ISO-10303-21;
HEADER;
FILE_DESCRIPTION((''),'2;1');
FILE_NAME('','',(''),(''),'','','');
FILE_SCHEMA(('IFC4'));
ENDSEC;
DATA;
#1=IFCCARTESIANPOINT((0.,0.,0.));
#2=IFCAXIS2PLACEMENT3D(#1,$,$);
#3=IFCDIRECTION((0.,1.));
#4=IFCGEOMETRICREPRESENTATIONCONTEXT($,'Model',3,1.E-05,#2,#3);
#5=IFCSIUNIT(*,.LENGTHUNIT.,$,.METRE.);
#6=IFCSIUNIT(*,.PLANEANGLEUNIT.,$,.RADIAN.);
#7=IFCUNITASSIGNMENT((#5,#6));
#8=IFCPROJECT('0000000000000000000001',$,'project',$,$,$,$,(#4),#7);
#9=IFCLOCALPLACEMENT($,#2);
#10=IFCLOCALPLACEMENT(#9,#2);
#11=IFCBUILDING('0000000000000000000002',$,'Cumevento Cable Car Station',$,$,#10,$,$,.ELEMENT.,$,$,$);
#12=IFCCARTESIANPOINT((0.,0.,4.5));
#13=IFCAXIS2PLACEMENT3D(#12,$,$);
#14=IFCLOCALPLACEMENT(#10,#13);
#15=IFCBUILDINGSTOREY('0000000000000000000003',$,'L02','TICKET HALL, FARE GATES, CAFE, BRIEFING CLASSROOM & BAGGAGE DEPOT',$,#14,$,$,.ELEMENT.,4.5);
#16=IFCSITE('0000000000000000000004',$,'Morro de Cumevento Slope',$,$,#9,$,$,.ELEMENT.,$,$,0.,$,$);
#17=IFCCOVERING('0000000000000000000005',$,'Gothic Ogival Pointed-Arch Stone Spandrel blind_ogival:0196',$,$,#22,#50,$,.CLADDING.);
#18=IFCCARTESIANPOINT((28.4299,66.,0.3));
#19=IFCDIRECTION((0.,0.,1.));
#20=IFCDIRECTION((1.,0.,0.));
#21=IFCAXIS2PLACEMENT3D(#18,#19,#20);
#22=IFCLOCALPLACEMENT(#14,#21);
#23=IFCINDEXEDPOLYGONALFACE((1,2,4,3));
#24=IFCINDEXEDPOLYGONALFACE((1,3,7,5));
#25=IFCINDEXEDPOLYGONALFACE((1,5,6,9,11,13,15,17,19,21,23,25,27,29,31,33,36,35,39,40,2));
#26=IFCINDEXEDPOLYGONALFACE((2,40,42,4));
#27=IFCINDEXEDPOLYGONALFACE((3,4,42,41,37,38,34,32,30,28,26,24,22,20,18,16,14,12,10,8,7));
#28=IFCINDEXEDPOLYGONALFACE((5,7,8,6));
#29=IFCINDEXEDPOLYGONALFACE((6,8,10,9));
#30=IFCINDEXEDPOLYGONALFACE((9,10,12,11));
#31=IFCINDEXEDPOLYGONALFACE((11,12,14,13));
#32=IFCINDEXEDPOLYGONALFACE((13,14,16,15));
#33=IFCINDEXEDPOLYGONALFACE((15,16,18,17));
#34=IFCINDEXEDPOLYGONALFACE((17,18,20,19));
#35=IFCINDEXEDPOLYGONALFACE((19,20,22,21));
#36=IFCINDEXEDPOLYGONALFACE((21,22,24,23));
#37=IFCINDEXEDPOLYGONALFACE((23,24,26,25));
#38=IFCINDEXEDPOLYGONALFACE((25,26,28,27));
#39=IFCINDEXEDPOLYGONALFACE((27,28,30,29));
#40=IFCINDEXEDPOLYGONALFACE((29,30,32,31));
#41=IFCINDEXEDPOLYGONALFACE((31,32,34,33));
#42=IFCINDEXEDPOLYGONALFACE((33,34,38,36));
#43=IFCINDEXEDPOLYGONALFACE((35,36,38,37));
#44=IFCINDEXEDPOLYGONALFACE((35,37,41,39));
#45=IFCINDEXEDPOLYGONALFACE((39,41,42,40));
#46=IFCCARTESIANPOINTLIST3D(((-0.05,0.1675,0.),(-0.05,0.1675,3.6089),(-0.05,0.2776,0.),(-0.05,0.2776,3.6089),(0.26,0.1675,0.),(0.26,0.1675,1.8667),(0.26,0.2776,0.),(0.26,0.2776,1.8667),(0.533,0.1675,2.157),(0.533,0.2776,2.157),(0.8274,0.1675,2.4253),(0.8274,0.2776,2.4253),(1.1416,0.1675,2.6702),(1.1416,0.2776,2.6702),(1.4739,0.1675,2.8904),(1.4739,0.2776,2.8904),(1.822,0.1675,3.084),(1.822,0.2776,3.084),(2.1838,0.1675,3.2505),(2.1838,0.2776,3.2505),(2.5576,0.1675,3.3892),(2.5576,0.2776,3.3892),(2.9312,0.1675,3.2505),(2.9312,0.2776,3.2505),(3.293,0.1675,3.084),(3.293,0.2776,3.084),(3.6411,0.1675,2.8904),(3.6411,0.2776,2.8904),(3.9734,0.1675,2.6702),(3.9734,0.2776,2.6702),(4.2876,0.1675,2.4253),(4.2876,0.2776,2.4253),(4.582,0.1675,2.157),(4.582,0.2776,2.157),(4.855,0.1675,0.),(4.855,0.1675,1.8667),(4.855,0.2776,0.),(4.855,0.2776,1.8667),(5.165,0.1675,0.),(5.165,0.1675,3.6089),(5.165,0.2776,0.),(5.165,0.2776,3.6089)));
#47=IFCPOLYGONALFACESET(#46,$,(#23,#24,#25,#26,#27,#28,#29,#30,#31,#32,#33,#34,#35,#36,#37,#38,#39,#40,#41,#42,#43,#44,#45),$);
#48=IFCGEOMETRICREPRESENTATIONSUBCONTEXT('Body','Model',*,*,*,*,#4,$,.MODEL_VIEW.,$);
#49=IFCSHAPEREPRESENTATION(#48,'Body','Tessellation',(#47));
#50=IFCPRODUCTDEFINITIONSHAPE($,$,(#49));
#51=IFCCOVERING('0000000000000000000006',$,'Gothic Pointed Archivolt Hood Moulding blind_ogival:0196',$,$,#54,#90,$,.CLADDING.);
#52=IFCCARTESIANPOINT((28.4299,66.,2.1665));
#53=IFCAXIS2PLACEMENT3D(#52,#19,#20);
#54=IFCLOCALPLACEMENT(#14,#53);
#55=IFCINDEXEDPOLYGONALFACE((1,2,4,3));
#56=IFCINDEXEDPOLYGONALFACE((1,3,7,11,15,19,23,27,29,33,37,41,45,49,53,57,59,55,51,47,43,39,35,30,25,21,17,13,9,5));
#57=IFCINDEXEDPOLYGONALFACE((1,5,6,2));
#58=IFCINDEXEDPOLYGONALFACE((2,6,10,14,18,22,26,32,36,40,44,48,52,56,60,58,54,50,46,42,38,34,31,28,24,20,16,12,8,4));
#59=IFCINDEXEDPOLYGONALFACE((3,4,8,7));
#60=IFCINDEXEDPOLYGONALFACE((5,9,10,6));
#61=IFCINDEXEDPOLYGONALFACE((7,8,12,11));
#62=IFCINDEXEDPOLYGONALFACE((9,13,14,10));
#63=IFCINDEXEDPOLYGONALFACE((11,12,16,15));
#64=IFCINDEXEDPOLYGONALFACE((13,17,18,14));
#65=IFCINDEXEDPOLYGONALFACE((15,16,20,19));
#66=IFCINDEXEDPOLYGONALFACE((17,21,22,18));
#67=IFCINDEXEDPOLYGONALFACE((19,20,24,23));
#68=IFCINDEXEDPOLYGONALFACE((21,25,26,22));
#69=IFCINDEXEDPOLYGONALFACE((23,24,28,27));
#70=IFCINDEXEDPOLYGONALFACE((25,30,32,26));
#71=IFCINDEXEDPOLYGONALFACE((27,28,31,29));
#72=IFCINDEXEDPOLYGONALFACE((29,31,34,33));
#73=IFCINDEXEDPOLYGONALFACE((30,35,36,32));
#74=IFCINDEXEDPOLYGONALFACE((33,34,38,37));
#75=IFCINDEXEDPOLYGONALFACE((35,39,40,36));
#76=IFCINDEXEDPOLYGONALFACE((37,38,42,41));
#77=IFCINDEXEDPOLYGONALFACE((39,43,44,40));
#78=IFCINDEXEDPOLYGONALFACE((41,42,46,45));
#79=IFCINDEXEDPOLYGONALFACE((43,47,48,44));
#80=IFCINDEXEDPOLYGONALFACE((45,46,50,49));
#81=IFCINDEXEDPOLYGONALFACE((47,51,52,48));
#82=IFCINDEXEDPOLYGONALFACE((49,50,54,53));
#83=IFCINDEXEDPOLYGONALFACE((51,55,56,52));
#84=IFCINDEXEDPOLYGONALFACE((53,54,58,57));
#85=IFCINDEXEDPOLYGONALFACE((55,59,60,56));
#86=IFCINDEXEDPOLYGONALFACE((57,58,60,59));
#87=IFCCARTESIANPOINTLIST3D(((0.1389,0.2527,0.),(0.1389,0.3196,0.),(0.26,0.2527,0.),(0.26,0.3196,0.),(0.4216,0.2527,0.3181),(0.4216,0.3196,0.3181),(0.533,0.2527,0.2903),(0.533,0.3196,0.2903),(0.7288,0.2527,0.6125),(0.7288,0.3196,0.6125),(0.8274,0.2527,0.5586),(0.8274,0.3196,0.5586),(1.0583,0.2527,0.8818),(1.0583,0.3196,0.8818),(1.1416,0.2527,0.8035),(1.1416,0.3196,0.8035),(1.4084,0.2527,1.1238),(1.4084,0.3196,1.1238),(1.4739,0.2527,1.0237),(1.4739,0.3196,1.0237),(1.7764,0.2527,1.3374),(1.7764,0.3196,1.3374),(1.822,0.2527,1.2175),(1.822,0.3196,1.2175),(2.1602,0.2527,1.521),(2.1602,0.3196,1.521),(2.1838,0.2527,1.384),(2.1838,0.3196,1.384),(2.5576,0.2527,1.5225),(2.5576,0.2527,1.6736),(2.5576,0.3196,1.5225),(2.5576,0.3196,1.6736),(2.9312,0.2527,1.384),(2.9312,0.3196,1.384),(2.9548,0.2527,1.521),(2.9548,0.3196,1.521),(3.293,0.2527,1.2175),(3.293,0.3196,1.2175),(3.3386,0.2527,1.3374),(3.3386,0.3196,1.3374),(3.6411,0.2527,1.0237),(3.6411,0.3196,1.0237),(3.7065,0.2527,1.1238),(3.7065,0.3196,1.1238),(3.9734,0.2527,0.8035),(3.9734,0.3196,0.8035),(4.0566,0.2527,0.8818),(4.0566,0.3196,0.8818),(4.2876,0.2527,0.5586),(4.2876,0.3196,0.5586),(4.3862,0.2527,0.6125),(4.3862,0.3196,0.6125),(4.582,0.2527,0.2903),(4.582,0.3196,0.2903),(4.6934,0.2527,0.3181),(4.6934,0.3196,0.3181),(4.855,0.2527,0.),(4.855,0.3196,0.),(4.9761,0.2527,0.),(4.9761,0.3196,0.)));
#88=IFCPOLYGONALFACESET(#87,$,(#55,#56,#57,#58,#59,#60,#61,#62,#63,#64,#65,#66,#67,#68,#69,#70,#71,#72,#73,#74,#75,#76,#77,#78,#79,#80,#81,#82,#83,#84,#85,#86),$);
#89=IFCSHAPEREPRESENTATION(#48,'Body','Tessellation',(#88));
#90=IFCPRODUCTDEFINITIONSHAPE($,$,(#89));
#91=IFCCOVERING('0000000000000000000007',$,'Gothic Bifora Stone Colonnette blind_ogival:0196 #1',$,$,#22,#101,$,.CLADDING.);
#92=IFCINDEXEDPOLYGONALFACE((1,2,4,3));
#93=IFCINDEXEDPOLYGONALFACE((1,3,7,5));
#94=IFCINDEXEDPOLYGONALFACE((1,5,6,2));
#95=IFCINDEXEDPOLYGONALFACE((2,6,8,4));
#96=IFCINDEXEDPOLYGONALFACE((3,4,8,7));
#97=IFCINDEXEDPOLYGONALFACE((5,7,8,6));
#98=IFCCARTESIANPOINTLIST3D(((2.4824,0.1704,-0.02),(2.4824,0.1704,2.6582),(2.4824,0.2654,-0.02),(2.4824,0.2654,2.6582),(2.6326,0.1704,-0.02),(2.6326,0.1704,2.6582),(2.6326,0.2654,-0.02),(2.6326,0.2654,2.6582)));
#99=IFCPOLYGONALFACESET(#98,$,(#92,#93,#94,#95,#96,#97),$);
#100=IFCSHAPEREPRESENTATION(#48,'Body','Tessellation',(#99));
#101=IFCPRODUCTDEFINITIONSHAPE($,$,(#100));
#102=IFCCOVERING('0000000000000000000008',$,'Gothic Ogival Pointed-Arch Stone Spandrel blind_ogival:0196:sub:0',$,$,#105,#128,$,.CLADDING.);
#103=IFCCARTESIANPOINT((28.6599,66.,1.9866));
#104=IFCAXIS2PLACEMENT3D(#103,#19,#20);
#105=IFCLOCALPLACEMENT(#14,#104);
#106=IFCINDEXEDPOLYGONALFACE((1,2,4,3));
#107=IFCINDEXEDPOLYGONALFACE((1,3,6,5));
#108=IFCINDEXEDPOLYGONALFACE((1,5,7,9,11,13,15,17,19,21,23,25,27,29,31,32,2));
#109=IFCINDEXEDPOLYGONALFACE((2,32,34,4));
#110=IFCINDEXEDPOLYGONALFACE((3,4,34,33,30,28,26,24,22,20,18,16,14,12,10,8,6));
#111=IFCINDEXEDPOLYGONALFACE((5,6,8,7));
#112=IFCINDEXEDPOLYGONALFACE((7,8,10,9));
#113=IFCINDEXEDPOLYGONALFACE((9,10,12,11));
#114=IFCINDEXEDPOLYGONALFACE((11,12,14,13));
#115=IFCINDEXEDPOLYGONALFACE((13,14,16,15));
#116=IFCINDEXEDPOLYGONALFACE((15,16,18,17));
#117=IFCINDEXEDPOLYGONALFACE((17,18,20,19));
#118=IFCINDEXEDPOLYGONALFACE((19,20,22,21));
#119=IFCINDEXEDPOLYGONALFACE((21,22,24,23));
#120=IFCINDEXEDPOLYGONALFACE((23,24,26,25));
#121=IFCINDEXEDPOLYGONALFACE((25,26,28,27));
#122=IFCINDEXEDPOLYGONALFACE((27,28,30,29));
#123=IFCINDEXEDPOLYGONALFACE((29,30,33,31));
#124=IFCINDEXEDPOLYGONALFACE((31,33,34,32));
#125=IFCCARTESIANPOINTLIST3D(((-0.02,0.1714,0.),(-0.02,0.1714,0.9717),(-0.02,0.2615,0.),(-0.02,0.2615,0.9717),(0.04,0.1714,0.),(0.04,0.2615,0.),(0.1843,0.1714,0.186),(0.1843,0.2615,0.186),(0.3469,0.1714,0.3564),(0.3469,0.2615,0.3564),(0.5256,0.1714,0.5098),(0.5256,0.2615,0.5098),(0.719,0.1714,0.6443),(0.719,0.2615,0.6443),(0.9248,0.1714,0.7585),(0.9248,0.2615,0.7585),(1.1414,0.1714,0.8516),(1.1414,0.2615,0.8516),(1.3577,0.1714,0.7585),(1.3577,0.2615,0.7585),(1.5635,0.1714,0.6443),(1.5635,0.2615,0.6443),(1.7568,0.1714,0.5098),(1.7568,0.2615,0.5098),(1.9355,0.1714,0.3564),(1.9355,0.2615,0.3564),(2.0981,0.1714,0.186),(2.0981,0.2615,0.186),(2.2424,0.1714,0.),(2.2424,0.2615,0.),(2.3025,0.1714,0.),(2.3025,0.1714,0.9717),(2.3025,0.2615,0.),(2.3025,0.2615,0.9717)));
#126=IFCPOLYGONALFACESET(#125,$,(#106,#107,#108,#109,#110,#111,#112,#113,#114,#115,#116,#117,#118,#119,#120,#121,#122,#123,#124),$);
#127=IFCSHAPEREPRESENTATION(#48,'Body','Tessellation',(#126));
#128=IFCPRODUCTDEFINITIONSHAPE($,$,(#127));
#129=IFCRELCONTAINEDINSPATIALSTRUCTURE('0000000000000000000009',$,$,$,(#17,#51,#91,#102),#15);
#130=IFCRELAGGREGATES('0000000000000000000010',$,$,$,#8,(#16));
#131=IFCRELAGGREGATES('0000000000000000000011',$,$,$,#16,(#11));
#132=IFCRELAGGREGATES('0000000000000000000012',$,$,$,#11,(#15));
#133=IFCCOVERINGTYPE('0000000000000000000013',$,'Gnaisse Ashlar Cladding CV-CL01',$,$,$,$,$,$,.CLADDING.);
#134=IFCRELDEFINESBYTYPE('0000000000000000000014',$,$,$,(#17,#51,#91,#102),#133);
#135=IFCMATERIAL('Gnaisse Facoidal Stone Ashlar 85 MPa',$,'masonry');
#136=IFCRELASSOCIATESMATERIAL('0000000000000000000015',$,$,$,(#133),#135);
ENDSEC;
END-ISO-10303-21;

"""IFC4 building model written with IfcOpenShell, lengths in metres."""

from ifc_helpers import new_model, si_unit, direction, frame, origin, place, context, subcontext, project, spatial, polyline, outline, extrude, material, type_object, element, save


model = new_model("IFC4")

# Units and contexts
model_context = context("Model", 3, precision=1e-05, world=origin(), true_north=direction((0.0, 1.0)))
body_context = subcontext(model_context, "Body", "Model", "MODEL_VIEW")
ifc_project = project(units=[si_unit("LENGTHUNIT", "METRE"), si_unit("PLANEANGLEUNIT", "RADIAN")], contexts=[model_context])

# Site, building, storey
site_placement = place(None, origin())
site = spatial("IfcSite", under=ifc_project, at=site_placement, Name="Morro de Cumevento Slope", CompositionType="ELEMENT", RefElevation=0.0)
building_placement = place(site_placement, origin())
building = spatial("IfcBuilding", under=site, at=building_placement, Name="Cumevento Cable Car Station", CompositionType="ELEMENT")
storey_placement = place(building_placement, frame((0.0, 0.0, 4.5)))
storey = spatial("IfcBuildingStorey", under=building, at=storey_placement, Name="L02", Description="TICKET HALL, FARE GATES, CAFE, BRIEFING CLASSROOM & BAGGAGE DEPOT", CompositionType="ELEMENT", Elevation=4.5)

# Coverings
ifc_material_1 = material(Name="Gnaisse Facoidal Stone Ashlar 85 MPa", Category="masonry")
covering_type = type_object("IfcCoveringType", Name="Gnaisse Ashlar Cladding CV-CL01", PredefinedType="CLADDING", material=ifc_material_1)
placement_1 = place(storey_placement, frame((28.4299, 66.0, 0.3), z_axis=(0.0, 0.0, 1.0), x_axis=(1.0, 0.0, 0.0)))
element("IfcCovering", 1, at=placement_1, inside=storey, type_object=covering_type, Name="Gothic Ogival Pointed-Arch Stone Spandrel blind_ogival:0196", PredefinedType="CLADDING", context=body_context, shape_type="SweptSolid", body=[
    extrude(outline(polyline([(-0.05, 0.0), (-0.05, 3.6089), (5.165, 3.6089), (5.165, 0.0), (4.855, 0.0), (4.855, 1.8667), (4.582, 2.157), (4.2876, 2.4253), (3.9734, 2.6702), (3.6411, 2.8904), (3.293, 3.084), (2.9312, 3.2505), (2.5576, 3.3892), (2.1838, 3.2505), (1.822, 3.084), (1.4739, 2.8904), (1.1416, 2.6702), (0.8274, 2.4253), (0.533, 2.157), (0.26, 1.8667), (0.26, 0.0), (-0.05, 0.0)])), frame((0.0, 0.2776, 0.0), z_axis=(0.0, -1.0, 0.0), x_axis=(1.0, 0.0, 0.0)), (0.0, 0.0, 1.0), 0.1101),
])
covering_1_placement = place(storey_placement, frame((28.4299, 66.0, 2.1665), z_axis=(0.0, 0.0, 1.0), x_axis=(1.0, 0.0, 0.0)))
element("IfcCovering", 2, at=covering_1_placement, inside=storey, type_object=covering_type, Name="Gothic Pointed Archivolt Hood Moulding blind_ogival:0196", PredefinedType="CLADDING", context=body_context, shape_type="SweptSolid", body=[
    extrude(outline(polyline([(0.26, 0.0), (0.533, 0.2903), (0.8274, 0.5586), (1.1416, 0.8035), (1.4739, 1.0237), (1.822, 1.2175), (2.1838, 1.384), (2.5576, 1.5225), (2.9312, 1.384), (3.293, 1.2175), (3.6411, 1.0237), (3.9734, 0.8035), (4.2876, 0.5586), (4.582, 0.2903), (4.855, 0.0), (4.9761, 0.0), (4.6934, 0.3181), (4.3862, 0.6125), (4.0566, 0.8818), (3.7065, 1.1238), (3.3386, 1.3374), (2.9548, 1.521), (2.5576, 1.6736), (2.1602, 1.521), (1.7764, 1.3374), (1.4084, 1.1238), (1.0583, 0.8818), (0.7288, 0.6125), (0.4216, 0.3181), (0.1389, 0.0), (0.26, 0.0)])), frame((0.0, 0.3196, 0.0), z_axis=(0.0, -1.0, 0.0), x_axis=(1.0, 0.0, 0.0)), (0.0, 0.0, 1.0), 0.0669),
])
element("IfcCovering", 3, at=placement_1, inside=storey, type_object=covering_type, Name="Gothic Bifora Stone Colonnette blind_ogival:0196 #1", PredefinedType="CLADDING", context=body_context, shape_type="SweptSolid", body=[
    extrude(outline(polyline([(2.4824, -0.02), (2.6326, -0.02), (2.6326, 2.6582), (2.4824, 2.6582), (2.4824, -0.02)])), frame((0.0, 0.2654, 0.0), z_axis=(0.0, -1.0, 0.0), x_axis=(1.0, 0.0, 0.0)), (0.0, 0.0, 1.0), 0.095),
])
covering_2_placement = place(storey_placement, frame((28.6599, 66.0, 1.9866), z_axis=(0.0, 0.0, 1.0), x_axis=(1.0, 0.0, 0.0)))
element("IfcCovering", 4, at=covering_2_placement, inside=storey, type_object=covering_type, Name="Gothic Ogival Pointed-Arch Stone Spandrel blind_ogival:0196:sub:0", PredefinedType="CLADDING", context=body_context, shape_type="SweptSolid", body=[
    extrude(outline(polyline([(-0.02, 0.0), (-0.02, 0.9717), (2.3025, 0.9717), (2.3025, 0.0), (2.2424, 0.0), (2.0981, 0.186), (1.9355, 0.3564), (1.7568, 0.5098), (1.5635, 0.6443), (1.3577, 0.7585), (1.1414, 0.8516), (0.9248, 0.7585), (0.719, 0.6443), (0.5256, 0.5098), (0.3469, 0.3564), (0.1843, 0.186), (0.04, 0.0), (-0.02, 0.0)])), frame((0.0, 0.2615, 0.0), z_axis=(0.0, -1.0, 0.0), x_axis=(1.0, 0.0, 0.0)), (0.0, 0.0, 1.0), 0.0901),
])

save(model, "model.ifc")
